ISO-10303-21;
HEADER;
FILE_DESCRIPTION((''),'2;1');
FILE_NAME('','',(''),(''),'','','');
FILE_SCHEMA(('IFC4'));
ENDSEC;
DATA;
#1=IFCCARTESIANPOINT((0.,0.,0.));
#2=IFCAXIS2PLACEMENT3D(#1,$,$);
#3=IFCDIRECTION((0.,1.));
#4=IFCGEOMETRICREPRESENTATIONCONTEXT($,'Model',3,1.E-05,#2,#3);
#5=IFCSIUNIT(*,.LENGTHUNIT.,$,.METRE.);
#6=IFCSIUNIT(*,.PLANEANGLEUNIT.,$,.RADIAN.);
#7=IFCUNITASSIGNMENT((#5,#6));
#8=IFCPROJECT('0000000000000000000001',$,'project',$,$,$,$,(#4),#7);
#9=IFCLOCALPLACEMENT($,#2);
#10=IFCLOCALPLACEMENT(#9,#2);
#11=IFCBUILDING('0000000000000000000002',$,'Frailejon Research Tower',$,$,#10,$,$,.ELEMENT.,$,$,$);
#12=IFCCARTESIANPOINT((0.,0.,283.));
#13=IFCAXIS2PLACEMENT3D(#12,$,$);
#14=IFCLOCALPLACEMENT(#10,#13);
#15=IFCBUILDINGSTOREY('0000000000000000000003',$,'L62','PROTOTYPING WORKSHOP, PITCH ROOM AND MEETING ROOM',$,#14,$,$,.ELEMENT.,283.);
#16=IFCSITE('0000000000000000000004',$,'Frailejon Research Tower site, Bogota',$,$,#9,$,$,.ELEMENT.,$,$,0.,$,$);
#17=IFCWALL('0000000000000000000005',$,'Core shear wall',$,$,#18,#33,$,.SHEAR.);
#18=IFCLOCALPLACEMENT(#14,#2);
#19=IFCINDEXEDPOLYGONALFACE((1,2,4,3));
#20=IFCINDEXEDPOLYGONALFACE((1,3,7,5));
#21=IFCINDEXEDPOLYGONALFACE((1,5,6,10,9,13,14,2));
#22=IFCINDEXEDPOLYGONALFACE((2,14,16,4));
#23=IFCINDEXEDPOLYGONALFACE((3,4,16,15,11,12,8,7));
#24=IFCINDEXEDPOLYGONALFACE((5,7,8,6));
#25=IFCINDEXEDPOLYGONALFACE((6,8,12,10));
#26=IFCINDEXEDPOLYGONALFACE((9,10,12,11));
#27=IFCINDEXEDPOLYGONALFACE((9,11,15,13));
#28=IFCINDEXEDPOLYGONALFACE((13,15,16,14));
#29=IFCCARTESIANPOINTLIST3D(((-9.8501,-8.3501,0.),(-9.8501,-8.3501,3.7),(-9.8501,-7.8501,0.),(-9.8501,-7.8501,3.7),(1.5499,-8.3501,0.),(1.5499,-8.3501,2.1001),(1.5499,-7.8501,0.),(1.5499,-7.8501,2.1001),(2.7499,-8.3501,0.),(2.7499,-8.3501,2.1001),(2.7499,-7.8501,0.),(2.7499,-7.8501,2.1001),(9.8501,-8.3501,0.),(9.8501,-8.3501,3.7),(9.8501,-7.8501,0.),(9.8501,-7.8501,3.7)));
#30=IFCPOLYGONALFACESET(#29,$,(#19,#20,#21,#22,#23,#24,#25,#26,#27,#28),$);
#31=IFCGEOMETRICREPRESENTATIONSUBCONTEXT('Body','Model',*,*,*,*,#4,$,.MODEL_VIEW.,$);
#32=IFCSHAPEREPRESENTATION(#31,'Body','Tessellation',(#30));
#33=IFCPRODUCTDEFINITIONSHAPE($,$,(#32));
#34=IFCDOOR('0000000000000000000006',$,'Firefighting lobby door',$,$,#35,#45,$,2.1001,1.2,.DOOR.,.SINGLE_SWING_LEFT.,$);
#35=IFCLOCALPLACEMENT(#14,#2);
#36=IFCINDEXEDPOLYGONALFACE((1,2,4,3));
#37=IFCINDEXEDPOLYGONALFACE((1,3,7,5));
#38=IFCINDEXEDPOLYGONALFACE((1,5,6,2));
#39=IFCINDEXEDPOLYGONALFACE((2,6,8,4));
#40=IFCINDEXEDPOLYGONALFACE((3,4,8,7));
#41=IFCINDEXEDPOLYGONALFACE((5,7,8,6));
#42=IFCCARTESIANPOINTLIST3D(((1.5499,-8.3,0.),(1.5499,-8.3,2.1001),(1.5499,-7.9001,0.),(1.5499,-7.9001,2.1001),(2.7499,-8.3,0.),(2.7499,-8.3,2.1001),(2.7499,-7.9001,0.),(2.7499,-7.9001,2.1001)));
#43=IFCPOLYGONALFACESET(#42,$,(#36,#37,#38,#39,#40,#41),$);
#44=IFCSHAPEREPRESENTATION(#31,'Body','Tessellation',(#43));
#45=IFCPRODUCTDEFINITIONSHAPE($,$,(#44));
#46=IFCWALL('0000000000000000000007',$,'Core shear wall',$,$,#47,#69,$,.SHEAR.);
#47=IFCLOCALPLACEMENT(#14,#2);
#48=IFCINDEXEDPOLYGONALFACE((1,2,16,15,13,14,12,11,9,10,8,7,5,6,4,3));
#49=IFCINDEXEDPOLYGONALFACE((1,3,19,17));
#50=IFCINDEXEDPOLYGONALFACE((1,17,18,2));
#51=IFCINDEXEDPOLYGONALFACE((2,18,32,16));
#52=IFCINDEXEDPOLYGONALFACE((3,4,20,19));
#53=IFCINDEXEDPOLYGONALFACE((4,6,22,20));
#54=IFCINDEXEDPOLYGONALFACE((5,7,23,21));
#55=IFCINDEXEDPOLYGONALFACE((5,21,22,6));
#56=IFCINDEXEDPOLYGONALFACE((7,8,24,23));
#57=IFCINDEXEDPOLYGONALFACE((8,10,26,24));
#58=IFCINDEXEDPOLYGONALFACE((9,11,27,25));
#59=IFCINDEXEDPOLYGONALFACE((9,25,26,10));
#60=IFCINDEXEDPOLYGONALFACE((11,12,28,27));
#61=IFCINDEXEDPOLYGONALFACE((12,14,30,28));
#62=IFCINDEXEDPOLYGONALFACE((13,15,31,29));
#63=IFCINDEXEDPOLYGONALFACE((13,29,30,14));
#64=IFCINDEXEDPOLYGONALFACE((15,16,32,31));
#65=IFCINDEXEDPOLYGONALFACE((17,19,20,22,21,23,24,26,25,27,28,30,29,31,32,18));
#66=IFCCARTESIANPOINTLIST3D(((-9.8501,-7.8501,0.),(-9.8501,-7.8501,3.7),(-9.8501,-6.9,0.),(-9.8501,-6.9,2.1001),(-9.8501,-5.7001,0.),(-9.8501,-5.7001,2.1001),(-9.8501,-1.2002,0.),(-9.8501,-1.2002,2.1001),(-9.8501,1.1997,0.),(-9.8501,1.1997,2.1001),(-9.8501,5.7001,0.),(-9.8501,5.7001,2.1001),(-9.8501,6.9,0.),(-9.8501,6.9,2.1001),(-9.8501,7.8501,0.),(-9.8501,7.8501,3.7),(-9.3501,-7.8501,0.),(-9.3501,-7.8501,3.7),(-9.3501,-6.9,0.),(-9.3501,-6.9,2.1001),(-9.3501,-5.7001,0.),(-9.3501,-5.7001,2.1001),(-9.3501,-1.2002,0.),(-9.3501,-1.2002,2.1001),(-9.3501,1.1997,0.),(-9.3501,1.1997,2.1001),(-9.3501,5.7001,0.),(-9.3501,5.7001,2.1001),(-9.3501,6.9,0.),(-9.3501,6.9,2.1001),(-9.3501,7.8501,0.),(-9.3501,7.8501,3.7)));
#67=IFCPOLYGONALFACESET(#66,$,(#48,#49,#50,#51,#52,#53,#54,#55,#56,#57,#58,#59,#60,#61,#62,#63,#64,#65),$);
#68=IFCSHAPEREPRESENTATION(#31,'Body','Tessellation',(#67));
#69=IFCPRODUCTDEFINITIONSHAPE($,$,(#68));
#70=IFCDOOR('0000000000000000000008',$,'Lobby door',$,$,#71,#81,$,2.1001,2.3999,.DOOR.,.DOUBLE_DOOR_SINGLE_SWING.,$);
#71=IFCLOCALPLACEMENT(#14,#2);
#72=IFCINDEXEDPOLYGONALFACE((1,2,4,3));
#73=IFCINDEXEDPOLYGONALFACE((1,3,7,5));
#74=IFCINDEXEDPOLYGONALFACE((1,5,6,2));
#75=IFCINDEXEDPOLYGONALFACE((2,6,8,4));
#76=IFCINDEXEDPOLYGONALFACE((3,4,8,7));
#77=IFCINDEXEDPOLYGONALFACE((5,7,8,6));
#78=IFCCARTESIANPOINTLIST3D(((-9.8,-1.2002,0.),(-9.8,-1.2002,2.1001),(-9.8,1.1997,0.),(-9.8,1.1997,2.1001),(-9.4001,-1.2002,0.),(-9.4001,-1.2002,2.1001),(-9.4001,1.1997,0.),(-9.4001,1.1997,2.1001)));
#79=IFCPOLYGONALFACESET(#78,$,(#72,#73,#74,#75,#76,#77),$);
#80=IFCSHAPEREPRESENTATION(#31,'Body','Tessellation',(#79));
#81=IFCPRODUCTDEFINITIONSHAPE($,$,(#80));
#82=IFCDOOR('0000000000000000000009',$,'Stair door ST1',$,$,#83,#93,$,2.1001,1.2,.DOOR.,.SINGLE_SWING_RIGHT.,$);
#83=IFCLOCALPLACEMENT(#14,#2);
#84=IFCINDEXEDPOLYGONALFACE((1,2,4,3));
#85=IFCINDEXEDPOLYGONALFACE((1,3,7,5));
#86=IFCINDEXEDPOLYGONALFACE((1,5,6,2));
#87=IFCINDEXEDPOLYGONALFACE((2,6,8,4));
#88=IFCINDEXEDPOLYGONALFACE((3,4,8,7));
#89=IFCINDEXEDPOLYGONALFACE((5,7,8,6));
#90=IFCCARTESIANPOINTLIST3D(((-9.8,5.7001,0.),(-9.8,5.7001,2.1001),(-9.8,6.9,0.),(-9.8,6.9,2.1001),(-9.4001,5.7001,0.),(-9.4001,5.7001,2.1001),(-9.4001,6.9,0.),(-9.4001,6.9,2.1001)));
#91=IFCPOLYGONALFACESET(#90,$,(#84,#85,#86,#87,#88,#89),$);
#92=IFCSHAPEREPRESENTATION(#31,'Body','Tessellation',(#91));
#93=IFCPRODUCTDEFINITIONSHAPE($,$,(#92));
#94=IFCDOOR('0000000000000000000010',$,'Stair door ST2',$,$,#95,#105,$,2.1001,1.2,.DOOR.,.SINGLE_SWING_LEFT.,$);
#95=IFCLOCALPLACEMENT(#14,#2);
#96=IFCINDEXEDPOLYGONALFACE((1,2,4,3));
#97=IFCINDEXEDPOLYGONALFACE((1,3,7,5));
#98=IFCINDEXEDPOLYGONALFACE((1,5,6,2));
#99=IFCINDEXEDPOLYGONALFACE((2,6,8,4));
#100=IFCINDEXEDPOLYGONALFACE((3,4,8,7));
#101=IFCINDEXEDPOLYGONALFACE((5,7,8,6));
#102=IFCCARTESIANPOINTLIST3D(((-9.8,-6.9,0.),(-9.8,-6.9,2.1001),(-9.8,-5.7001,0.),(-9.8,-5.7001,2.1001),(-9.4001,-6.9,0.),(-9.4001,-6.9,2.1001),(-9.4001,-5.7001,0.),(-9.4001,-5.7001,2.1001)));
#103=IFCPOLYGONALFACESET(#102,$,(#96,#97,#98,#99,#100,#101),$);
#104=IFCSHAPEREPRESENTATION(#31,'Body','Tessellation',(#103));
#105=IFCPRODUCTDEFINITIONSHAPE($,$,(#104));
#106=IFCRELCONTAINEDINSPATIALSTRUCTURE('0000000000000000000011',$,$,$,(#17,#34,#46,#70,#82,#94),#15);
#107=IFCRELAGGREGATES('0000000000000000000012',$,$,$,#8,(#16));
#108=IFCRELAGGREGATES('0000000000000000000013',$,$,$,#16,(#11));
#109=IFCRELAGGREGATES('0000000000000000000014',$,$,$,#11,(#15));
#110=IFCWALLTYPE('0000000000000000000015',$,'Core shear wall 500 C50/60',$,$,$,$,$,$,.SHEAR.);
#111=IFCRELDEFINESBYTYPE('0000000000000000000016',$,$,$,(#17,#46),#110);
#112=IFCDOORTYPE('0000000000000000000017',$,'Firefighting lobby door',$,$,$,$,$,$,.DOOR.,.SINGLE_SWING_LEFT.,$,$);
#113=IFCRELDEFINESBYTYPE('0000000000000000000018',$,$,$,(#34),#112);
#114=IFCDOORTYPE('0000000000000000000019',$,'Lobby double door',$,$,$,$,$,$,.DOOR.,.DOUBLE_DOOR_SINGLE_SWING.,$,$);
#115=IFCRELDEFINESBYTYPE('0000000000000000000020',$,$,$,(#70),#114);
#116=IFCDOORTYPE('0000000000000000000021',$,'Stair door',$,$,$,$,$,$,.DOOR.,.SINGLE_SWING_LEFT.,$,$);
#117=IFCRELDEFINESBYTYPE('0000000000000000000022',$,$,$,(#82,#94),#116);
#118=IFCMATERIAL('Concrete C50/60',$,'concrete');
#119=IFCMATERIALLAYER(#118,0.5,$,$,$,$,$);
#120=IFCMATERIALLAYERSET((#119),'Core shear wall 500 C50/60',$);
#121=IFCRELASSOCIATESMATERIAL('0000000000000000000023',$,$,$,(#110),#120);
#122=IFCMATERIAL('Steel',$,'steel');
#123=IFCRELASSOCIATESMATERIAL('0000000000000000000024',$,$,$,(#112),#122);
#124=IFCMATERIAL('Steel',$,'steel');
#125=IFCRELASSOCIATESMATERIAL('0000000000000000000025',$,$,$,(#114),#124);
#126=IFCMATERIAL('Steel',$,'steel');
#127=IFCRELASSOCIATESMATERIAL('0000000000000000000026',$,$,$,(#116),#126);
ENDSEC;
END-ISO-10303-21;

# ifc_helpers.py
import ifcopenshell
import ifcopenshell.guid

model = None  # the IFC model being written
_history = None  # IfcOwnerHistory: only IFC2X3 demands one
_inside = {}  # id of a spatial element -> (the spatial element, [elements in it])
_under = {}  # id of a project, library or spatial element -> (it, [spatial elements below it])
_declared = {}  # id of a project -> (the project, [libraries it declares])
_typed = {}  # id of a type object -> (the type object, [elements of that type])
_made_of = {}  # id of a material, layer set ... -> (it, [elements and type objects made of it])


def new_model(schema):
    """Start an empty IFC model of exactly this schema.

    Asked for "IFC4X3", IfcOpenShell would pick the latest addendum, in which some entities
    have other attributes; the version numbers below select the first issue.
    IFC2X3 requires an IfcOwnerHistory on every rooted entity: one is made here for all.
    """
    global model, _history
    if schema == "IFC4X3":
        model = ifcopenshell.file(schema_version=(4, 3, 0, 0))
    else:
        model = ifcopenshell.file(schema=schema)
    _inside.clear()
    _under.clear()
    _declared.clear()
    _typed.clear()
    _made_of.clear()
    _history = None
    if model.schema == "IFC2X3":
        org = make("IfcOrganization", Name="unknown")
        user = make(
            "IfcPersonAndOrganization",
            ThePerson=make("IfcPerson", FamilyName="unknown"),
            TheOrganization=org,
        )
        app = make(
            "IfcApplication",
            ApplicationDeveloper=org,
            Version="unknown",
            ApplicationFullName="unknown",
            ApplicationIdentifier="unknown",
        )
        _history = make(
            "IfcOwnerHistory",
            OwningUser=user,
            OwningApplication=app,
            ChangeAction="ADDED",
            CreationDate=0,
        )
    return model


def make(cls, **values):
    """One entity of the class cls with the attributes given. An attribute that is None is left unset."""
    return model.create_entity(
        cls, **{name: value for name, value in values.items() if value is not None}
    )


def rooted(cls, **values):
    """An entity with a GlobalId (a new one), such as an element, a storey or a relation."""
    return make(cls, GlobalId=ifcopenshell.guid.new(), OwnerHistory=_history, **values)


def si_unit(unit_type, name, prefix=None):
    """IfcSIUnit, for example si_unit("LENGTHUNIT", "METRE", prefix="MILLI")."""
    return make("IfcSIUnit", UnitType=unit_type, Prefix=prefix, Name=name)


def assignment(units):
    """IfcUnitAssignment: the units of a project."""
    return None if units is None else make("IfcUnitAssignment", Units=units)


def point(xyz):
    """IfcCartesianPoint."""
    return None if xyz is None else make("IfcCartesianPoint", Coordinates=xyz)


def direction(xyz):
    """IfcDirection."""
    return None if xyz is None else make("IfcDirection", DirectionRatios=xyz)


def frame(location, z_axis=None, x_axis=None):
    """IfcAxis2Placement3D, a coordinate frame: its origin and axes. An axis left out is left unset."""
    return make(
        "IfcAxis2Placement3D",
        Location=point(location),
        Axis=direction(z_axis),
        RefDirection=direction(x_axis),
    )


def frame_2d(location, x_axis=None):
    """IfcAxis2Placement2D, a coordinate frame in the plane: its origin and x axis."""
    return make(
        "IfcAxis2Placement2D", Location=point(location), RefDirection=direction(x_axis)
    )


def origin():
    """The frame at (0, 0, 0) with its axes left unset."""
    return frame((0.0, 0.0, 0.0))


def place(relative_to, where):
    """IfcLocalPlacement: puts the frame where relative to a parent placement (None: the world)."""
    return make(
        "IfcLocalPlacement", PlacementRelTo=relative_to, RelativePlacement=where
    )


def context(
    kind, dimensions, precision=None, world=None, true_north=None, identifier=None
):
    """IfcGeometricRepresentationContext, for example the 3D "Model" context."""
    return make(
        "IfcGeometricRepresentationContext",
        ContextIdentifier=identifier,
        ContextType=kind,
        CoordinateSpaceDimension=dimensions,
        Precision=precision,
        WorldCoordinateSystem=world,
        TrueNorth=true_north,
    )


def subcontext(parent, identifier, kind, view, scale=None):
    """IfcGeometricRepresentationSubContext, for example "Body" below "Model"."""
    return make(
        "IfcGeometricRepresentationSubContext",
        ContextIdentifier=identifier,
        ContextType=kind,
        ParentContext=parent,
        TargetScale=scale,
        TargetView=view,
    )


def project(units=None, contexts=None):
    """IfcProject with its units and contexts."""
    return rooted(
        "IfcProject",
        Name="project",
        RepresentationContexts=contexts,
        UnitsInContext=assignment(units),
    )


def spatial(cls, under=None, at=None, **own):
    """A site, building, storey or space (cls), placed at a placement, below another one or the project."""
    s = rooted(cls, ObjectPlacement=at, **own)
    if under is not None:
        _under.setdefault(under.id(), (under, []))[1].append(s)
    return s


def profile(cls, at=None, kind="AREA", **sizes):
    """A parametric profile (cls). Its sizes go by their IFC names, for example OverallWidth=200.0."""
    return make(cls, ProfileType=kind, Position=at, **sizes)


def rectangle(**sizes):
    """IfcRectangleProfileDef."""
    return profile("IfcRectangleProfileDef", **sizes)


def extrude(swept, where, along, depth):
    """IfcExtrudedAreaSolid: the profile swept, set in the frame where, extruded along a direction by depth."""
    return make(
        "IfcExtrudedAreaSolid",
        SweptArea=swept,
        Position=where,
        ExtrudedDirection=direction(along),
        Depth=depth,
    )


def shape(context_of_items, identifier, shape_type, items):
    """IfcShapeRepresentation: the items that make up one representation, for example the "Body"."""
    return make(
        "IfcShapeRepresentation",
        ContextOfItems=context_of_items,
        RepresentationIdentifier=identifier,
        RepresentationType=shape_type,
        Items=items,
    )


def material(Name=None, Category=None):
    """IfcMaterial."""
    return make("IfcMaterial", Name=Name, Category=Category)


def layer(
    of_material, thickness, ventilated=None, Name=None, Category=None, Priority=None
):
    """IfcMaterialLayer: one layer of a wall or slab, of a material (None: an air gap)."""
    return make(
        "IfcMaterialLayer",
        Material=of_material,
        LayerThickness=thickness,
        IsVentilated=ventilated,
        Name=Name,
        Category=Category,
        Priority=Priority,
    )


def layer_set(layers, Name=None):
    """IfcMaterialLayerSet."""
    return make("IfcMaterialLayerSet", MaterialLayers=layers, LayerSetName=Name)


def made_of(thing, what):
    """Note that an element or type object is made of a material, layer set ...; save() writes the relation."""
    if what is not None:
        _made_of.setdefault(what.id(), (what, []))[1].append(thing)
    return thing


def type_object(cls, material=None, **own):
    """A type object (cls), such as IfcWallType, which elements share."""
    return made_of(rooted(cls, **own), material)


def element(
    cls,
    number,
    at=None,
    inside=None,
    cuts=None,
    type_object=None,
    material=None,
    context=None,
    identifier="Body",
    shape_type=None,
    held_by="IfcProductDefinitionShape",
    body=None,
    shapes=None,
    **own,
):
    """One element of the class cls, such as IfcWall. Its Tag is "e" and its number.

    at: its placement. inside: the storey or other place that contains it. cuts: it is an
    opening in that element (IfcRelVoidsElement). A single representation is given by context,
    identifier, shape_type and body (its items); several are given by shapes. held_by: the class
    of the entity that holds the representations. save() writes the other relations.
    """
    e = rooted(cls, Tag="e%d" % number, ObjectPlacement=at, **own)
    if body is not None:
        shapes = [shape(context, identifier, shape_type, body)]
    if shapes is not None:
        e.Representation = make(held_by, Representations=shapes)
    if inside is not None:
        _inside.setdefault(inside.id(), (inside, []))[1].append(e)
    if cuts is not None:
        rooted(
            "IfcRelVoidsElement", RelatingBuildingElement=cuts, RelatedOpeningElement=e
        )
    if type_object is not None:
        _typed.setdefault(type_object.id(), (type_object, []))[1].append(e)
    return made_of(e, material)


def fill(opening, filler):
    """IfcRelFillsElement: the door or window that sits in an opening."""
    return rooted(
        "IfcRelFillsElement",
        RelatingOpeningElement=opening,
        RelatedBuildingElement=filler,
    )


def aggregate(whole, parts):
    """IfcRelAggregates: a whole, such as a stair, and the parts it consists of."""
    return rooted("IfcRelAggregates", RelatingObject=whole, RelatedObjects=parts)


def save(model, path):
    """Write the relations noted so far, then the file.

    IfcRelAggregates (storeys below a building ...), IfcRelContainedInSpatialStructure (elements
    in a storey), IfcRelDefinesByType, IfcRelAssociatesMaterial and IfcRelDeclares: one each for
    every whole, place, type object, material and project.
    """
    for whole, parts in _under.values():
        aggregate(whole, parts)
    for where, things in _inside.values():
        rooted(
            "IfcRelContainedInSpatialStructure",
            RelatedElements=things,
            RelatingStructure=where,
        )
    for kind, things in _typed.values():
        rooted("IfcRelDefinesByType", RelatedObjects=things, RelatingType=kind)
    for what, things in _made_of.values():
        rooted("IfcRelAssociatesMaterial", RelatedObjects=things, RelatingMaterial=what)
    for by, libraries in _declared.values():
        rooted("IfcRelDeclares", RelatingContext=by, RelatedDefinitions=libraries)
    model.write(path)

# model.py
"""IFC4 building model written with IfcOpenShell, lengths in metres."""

from ifc_helpers import new_model, si_unit, direction, frame, frame_2d, origin, place, context, subcontext, project, spatial, rectangle, extrude, material, layer, layer_set, type_object, element, fill, save


model = new_model("IFC4")

# Units and contexts
model_context = context("Model", 3, precision=1e-05, world=origin(), true_north=direction((0.0, 1.0)))
body_context = subcontext(model_context, "Body", "Model", "MODEL_VIEW")
ifc_project = project(units=[si_unit("LENGTHUNIT", "METRE"), si_unit("PLANEANGLEUNIT", "RADIAN")], contexts=[model_context])

# Site, building, storey
site_placement = place(None, origin())
site = spatial("IfcSite", under=ifc_project, at=site_placement, Name="Frailejon Research Tower site, Bogota", CompositionType="ELEMENT", RefElevation=0.0)
building_placement = place(site_placement, origin())
building = spatial("IfcBuilding", under=site, at=building_placement, Name="Frailejon Research Tower", CompositionType="ELEMENT")
storey_placement = place(building_placement, frame((0.0, 0.0, 283.0)))
storey = spatial("IfcBuildingStorey", under=building, at=storey_placement, Name="L62", Description="PROTOTYPING WORKSHOP, PITCH ROOM AND MEETING ROOM", CompositionType="ELEMENT", Elevation=283.0)

# Wall, opening, door
ifc_material_1 = material(Name="Concrete C50/60", Category="concrete")
ifc_layer_1 = layer(ifc_material_1, 0.5)
ifc_layer_set_1 = layer_set([ifc_layer_1], Name="Core shear wall 500 C50/60")
wall_type_1 = type_object("IfcWallType", Name="Core shear wall 500 C50/60", PredefinedType="SHEAR", material=ifc_layer_set_1)
wall_1_placement = place(storey_placement, frame((-9.8501, -8.1001, 0.0), z_axis=(0.0, 0.0, 1.0), x_axis=(1.0, 0.0, 0.0)))
wall_1 = element("IfcWall", 1, at=wall_1_placement, inside=storey, type_object=wall_type_1, Name="Core shear wall", PredefinedType="SHEAR", context=body_context, shape_type="SweptSolid", body=[
    extrude(rectangle(XDim=19.7002, YDim=0.5, at=frame_2d((9.8501, 0.0))), origin(), (0.0, 0.0, 1.0), 3.7),
])
opening_1_placement = place(wall_1_placement, frame((11.3999, 0.0, 0.0)))
opening_1 = element("IfcOpeningElement", 2, at=opening_1_placement, cuts=wall_1, PredefinedType="OPENING", context=body_context, shape_type="SweptSolid", body=[
    extrude(rectangle(XDim=1.2, YDim=2.1001, at=frame_2d((0.6001, 1.05))), frame((0.0, 0.26, 0.0), z_axis=(0.0, -1.0, 0.0), x_axis=(1.0, 0.0, 0.0)), (0.0, 0.0, 1.0), 0.52),
])
ifc_material_2 = material(Name="Steel", Category="steel")
door_type_1 = type_object("IfcDoorType", Name="Firefighting lobby door", OperationType="SINGLE_SWING_LEFT", PredefinedType="DOOR", material=ifc_material_2)
door_1_placement = place(opening_1_placement, origin())
door_1 = element("IfcDoor", 3, at=door_1_placement, inside=storey, type_object=door_type_1, Name="Firefighting lobby door", OperationType="SINGLE_SWING_LEFT", OverallHeight=2.1001, OverallWidth=1.2, PredefinedType="DOOR", context=body_context, shape_type="SweptSolid", body=[
    extrude(rectangle(XDim=1.2, YDim=2.1001, at=frame_2d((0.6001, 1.05))), frame((0.0, 0.2, 0.0), z_axis=(0.0, -1.0, 0.0), x_axis=(1.0, 0.0, 0.0)), (0.0, 0.0, 1.0), 0.3999),
])
fill(opening_1, door_1)

# Wall, openings, doors
wall_2_placement = place(storey_placement, frame((-9.6001, -7.8501, 0.0), z_axis=(0.0, 0.0, 1.0), x_axis=(0.0, 1.0, 0.0)))
wall_2 = element("IfcWall", 4, at=wall_2_placement, inside=storey, type_object=wall_type_1, Name="Core shear wall", PredefinedType="SHEAR", context=body_context, shape_type="SweptSolid", body=[
    extrude(rectangle(XDim=15.7002, YDim=0.5, at=frame_2d((7.8501, 0.0))), origin(), (0.0, 0.0, 1.0), 3.7),
])
opening_2_placement = place(wall_2_placement, frame((6.6499, 0.0, 0.0)))
opening_2 = element("IfcOpeningElement", 5, at=opening_2_placement, cuts=wall_2, PredefinedType="OPENING", context=body_context, shape_type="SweptSolid", body=[
    extrude(rectangle(XDim=2.3999, YDim=2.1001, at=frame_2d((1.2, 1.05))), frame((0.0, 0.26, 0.0), z_axis=(0.0, -1.0, 0.0), x_axis=(1.0, 0.0, 0.0)), (0.0, 0.0, 1.0), 0.52),
])
opening_3_placement = place(wall_2_placement, frame((13.55, 0.0, 0.0)))
opening_3 = element("IfcOpeningElement", 6, at=opening_3_placement, cuts=wall_2, PredefinedType="OPENING", context=body_context, shape_type="SweptSolid", body=[
    extrude(rectangle(XDim=1.2, YDim=2.1001, at=frame_2d((0.6001, 1.05))), frame((0.0, 0.26, 0.0), z_axis=(0.0, -1.0, 0.0), x_axis=(1.0, 0.0, 0.0)), (0.0, 0.0, 1.0), 0.52),
])
opening_4_placement = place(wall_2_placement, frame((0.95, 0.0, 0.0)))
opening_4 = element("IfcOpeningElement", 7, at=opening_4_placement, cuts=wall_2, PredefinedType="OPENING", context=body_context, shape_type="SweptSolid", body=[
    extrude(rectangle(XDim=1.2, YDim=2.1001, at=frame_2d((0.6001, 1.05))), frame((0.0, 0.26, 0.0), z_axis=(0.0, -1.0, 0.0), x_axis=(1.0, 0.0, 0.0)), (0.0, 0.0, 1.0), 0.52),
])
ifc_material_3 = material(Name="Steel", Category="steel")
door_type_2 = type_object("IfcDoorType", Name="Lobby double door", OperationType="DOUBLE_DOOR_SINGLE_SWING", PredefinedType="DOOR", material=ifc_material_3)
door_2_placement = place(opening_2_placement, origin())
door_2 = element("IfcDoor", 8, at=door_2_placement, inside=storey, type_object=door_type_2, Name="Lobby door", OperationType="DOUBLE_DOOR_SINGLE_SWING", OverallHeight=2.1001, OverallWidth=2.3999, PredefinedType="DOOR", context=body_context, shape_type="SweptSolid", body=[
    extrude(rectangle(XDim=2.3999, YDim=2.1001, at=frame_2d((1.2, 1.05))), frame((0.0, 0.2, 0.0), z_axis=(0.0, -1.0, 0.0), x_axis=(1.0, 0.0, 0.0)), (0.0, 0.0, 1.0), 0.3999),
])
fill(opening_2, door_2)
ifc_material_4 = material(Name="Steel", Category="steel")
door_type_3 = type_object("IfcDoorType", Name="Stair door", OperationType="SINGLE_SWING_LEFT", PredefinedType="DOOR", material=ifc_material_4)
door_3_placement = place(opening_3_placement, origin())
door_3 = element("IfcDoor", 9, at=door_3_placement, inside=storey, type_object=door_type_3, Name="Stair door ST1", OperationType="SINGLE_SWING_RIGHT", OverallHeight=2.1001, OverallWidth=1.2, PredefinedType="DOOR", context=body_context, shape_type="SweptSolid", body=[
    extrude(rectangle(XDim=1.2, YDim=2.1001, at=frame_2d((0.6001, 1.05))), frame((0.0, 0.2, 0.0), z_axis=(0.0, -1.0, 0.0), x_axis=(1.0, 0.0, 0.0)), (0.0, 0.0, 1.0), 0.3999),
])
fill(opening_3, door_3)
door_4_placement = place(opening_4_placement, origin())
door_4 = element("IfcDoor", 10, at=door_4_placement, inside=storey, type_object=door_type_3, Name="Stair door ST2", OperationType="SINGLE_SWING_LEFT", OverallHeight=2.1001, OverallWidth=1.2, PredefinedType="DOOR", context=body_context, shape_type="SweptSolid", body=[
    extrude(rectangle(XDim=1.2, YDim=2.1001, at=frame_2d((0.6001, 1.05))), frame((0.0, 0.2, 0.0), z_axis=(0.0, -1.0, 0.0), x_axis=(1.0, 0.0, 0.0)), (0.0, 0.0, 1.0), 0.3999),
])
fill(opening_4, door_4)

save(model, "model.ifc")
